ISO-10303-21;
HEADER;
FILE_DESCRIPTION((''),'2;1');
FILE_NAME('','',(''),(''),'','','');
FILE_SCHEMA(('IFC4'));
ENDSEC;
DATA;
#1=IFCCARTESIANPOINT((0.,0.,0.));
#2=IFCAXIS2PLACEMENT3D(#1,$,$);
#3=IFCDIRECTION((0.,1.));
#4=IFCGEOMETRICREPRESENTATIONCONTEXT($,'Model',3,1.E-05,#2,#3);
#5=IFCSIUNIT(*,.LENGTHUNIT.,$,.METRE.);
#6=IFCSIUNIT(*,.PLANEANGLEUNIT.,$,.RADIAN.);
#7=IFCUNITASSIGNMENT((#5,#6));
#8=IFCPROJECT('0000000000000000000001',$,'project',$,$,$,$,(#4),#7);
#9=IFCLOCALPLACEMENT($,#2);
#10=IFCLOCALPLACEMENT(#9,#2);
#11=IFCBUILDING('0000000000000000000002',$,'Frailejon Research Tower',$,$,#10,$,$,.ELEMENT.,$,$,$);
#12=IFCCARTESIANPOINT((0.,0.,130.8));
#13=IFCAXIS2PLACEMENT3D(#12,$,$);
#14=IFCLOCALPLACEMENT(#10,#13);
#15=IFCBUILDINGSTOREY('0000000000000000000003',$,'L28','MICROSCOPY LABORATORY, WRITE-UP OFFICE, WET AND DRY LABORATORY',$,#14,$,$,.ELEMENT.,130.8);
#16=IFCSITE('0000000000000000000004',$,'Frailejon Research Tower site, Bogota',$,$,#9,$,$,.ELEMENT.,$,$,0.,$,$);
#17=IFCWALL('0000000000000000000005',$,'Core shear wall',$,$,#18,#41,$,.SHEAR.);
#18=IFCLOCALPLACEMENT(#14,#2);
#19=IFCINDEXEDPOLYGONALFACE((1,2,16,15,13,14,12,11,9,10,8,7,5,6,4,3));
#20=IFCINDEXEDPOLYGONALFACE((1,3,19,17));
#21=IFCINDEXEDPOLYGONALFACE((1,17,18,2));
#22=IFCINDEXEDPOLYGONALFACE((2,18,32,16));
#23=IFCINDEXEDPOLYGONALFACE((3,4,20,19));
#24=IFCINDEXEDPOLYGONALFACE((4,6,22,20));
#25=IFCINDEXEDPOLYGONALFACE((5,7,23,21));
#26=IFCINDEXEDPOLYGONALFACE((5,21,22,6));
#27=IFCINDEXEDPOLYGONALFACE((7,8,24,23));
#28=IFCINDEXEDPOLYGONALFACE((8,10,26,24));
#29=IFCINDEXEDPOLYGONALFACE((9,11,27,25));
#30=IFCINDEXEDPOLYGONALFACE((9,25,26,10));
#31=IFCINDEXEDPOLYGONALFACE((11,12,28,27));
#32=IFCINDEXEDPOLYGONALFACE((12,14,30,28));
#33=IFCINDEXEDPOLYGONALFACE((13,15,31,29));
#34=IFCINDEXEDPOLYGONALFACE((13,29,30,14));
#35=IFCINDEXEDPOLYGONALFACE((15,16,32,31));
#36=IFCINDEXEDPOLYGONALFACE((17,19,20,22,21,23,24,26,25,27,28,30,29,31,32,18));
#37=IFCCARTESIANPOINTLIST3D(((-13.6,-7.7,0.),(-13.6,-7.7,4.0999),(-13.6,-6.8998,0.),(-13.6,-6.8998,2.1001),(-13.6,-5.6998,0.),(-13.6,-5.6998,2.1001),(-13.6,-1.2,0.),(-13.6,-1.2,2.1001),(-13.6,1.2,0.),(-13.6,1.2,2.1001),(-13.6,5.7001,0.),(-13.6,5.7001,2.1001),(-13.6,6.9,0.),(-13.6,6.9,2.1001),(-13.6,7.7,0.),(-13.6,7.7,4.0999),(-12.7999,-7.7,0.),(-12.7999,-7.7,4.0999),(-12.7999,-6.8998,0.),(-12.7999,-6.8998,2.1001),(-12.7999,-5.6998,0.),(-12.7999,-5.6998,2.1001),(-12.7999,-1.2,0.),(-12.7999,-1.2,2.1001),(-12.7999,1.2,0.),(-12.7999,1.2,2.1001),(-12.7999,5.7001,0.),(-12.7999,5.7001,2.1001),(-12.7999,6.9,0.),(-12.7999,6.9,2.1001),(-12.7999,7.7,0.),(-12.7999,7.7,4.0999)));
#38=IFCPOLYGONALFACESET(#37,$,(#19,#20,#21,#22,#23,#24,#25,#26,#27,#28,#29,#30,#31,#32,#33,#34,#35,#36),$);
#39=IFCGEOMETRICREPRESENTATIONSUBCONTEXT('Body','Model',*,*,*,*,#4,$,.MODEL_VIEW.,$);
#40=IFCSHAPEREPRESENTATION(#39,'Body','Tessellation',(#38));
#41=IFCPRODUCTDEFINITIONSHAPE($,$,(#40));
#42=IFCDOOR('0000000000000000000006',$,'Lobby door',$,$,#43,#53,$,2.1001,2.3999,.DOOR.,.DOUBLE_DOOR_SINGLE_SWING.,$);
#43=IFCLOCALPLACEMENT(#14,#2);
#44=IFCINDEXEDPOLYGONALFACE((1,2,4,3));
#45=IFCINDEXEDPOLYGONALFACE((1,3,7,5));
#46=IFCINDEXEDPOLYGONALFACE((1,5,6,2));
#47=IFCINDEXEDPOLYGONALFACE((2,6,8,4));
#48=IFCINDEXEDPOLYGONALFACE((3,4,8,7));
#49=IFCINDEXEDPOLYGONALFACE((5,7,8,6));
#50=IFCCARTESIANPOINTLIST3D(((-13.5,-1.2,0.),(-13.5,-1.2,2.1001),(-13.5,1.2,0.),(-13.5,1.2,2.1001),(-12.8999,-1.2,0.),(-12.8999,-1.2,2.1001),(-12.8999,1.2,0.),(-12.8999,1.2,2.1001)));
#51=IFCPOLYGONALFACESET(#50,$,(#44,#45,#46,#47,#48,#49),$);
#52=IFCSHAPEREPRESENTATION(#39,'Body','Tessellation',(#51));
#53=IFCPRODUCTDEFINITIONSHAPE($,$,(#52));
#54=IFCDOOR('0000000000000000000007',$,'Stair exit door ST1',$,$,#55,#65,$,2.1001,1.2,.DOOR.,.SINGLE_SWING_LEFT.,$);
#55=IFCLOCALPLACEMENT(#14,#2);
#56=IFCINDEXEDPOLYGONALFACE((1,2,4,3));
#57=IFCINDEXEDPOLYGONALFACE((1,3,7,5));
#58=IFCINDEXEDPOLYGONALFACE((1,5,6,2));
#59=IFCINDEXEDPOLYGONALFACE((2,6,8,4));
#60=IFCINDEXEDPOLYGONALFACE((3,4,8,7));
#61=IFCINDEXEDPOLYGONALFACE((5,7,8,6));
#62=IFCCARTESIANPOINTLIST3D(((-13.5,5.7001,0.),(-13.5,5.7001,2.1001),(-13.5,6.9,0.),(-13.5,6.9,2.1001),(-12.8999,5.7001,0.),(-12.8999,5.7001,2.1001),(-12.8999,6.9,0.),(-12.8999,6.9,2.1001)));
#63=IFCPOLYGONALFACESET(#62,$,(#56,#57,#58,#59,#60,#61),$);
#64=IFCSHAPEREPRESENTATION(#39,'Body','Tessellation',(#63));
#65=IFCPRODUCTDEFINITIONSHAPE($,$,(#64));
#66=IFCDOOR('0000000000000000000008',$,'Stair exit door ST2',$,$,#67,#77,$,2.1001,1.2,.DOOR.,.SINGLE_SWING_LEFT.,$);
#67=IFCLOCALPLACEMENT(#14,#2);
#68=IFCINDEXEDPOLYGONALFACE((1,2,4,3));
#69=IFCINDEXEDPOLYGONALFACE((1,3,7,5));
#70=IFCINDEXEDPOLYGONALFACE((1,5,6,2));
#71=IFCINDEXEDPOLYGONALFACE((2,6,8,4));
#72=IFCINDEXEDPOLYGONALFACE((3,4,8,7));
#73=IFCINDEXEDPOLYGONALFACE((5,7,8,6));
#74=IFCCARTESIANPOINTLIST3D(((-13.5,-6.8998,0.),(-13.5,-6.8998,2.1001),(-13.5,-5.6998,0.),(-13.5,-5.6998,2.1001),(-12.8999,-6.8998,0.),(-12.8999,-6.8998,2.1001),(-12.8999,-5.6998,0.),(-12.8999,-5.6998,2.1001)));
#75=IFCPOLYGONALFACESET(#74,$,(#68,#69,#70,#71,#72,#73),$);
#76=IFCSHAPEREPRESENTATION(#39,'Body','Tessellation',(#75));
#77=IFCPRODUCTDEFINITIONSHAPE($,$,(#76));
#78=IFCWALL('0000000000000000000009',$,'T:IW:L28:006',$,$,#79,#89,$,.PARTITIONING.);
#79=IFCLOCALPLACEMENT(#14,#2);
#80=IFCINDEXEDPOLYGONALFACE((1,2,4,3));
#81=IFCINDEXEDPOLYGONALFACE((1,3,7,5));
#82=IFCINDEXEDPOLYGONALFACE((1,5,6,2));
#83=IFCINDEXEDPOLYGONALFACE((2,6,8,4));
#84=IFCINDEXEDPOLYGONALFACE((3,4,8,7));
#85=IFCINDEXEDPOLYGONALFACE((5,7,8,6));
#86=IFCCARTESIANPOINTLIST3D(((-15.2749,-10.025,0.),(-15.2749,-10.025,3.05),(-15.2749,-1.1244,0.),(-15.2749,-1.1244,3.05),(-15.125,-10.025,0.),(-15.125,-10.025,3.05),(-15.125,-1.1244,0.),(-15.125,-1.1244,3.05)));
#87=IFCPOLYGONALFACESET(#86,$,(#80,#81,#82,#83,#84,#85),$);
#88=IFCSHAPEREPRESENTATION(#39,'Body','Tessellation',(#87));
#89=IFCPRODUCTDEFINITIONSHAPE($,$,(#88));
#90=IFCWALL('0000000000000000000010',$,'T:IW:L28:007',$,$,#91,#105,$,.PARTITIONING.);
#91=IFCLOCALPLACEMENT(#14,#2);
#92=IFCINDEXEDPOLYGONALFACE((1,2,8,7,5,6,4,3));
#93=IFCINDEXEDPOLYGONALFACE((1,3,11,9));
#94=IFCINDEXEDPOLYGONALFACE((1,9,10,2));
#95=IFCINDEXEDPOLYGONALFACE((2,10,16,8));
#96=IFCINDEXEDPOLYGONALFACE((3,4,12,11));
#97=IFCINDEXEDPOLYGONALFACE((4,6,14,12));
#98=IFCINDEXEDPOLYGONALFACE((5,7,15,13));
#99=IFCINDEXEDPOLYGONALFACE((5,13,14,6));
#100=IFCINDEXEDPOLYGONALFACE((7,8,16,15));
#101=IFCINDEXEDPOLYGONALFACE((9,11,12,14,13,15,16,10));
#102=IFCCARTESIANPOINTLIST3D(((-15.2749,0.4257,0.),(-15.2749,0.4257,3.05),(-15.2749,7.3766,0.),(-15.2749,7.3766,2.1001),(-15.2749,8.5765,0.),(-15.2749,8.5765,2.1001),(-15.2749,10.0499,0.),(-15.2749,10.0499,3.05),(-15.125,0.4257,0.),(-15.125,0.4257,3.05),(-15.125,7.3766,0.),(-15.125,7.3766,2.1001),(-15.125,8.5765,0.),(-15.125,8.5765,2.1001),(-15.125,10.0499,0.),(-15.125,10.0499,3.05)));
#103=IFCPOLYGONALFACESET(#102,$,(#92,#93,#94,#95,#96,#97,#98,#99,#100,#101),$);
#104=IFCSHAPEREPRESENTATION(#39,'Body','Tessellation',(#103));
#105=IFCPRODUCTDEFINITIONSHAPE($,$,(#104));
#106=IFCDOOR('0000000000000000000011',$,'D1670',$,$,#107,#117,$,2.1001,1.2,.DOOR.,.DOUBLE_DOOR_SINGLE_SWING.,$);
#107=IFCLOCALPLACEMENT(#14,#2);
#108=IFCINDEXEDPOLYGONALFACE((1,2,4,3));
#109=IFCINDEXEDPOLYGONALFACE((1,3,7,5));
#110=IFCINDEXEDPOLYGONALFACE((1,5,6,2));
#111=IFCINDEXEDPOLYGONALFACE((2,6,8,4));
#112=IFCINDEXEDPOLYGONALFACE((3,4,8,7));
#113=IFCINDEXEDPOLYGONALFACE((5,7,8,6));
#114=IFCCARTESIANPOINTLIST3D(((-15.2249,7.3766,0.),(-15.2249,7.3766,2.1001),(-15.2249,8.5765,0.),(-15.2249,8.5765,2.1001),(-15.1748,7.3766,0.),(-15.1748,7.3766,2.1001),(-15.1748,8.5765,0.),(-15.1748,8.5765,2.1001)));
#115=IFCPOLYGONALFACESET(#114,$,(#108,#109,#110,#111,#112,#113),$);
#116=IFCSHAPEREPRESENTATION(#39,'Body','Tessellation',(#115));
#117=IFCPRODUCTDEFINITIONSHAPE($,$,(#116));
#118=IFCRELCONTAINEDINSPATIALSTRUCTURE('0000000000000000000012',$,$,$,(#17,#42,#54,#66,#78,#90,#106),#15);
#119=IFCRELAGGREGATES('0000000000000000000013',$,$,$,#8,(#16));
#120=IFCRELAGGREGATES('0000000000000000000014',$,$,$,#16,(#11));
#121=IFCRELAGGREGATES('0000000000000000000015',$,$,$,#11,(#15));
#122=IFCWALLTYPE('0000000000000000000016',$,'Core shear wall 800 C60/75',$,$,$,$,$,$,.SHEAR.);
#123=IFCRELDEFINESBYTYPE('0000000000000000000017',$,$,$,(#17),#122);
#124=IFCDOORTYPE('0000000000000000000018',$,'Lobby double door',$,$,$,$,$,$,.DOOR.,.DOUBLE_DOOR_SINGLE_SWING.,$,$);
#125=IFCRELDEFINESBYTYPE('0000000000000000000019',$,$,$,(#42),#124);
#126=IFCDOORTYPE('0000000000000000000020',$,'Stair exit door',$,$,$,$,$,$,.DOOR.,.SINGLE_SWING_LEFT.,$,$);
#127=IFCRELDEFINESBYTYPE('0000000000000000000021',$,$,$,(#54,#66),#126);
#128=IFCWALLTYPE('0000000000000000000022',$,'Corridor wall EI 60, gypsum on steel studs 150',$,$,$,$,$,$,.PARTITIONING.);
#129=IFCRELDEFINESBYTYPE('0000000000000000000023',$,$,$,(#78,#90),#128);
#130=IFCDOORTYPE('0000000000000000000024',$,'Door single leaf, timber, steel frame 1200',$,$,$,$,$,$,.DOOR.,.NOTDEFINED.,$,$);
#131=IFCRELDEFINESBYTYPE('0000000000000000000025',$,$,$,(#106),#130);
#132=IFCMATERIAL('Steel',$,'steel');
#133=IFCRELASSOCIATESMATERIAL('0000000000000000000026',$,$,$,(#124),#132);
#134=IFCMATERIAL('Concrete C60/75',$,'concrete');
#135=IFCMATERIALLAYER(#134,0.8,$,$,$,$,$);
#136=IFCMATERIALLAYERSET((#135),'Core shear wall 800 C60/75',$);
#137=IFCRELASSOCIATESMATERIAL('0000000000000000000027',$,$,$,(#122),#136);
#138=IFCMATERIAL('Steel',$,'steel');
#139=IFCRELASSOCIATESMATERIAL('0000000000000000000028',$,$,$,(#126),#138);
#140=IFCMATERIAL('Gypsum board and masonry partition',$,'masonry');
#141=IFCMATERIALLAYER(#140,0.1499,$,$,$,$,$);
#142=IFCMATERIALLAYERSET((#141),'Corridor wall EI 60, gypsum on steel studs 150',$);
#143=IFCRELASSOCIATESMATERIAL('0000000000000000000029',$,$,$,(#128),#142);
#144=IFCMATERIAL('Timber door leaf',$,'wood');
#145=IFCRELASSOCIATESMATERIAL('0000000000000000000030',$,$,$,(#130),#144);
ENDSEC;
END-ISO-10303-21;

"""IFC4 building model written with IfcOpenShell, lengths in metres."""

from ifc_helpers import new_model, si_unit, direction, frame, frame_2d, origin, place, context, subcontext, project, spatial, rectangle, extrude, material, layer, layer_set, type_object, element, fill, save


model = new_model("IFC4")

# Units and contexts
model_context = context("Model", 3, precision=1e-05, world=origin(), true_north=direction((0.0, 1.0)))
body_context = subcontext(model_context, "Body", "Model", "MODEL_VIEW")
ifc_project = project(units=[si_unit("LENGTHUNIT", "METRE"), si_unit("PLANEANGLEUNIT", "RADIAN")], contexts=[model_context])

# Site, building, storey
site_placement = place(None, origin())
site = spatial("IfcSite", under=ifc_project, at=site_placement, Name="Frailejon Research Tower site, Bogota", CompositionType="ELEMENT", RefElevation=0.0)
building_placement = place(site_placement, origin())
building = spatial("IfcBuilding", under=site, at=building_placement, Name="Frailejon Research Tower", CompositionType="ELEMENT")
storey_placement = place(building_placement, frame((0.0, 0.0, 130.8)))
storey = spatial("IfcBuildingStorey", under=building, at=storey_placement, Name="L28", Description="MICROSCOPY LABORATORY, WRITE-UP OFFICE, WET AND DRY LABORATORY", CompositionType="ELEMENT", Elevation=130.8)

# Shared definitions
ifc_material_1 = material(Name="Steel", Category="steel")
door_type_1 = type_object("IfcDoorType", Name="Lobby double door", OperationType="DOUBLE_DOOR_SINGLE_SWING", PredefinedType="DOOR", material=ifc_material_1)

# Shared definitions
ifc_material_2 = material(Name="Concrete C60/75", Category="concrete")
ifc_layer_1 = layer(ifc_material_2, 0.8)
ifc_layer_set_1 = layer_set([ifc_layer_1], Name="Core shear wall 800 C60/75")
wall_type_1 = type_object("IfcWallType", Name="Core shear wall 800 C60/75", PredefinedType="SHEAR", material=ifc_layer_set_1)

# Wall, openings, doors
wall_1_placement = place(storey_placement, frame((-13.2, -7.7, 0.0), z_axis=(0.0, 0.0, 1.0), x_axis=(0.0, 1.0, 0.0)))
wall_1 = element("IfcWall", 1, at=wall_1_placement, inside=storey, type_object=wall_type_1, Name="Core shear wall", PredefinedType="SHEAR", context=body_context, shape_type="SweptSolid", body=[
    extrude(rectangle(XDim=15.3999, YDim=0.8, at=frame_2d((7.7, 0.0))), origin(), (0.0, 0.0, 1.0), 4.0999),
])
opening_1_placement = place(wall_1_placement, frame((6.5, 0.0, 0.0)))
opening_1 = element("IfcOpeningElement", 2, at=opening_1_placement, cuts=wall_1, PredefinedType="OPENING", context=body_context, shape_type="SweptSolid", body=[
    extrude(rectangle(XDim=2.3999, YDim=2.1001, at=frame_2d((1.2, 1.05))), frame((0.0, 0.4099, 0.0), z_axis=(0.0, -1.0, 0.0), x_axis=(1.0, 0.0, 0.0)), (0.0, 0.0, 1.0), 0.8201),
])
opening_2_placement = place(wall_1_placement, frame((13.3999, 0.0, 0.0)))
opening_2 = element("IfcOpeningElement", 3, at=opening_2_placement, cuts=wall_1, PredefinedType="OPENING", context=body_context, shape_type="SweptSolid", body=[
    extrude(rectangle(XDim=1.2, YDim=2.1001, at=frame_2d((0.6001, 1.05))), frame((0.0, 0.4099, 0.0), z_axis=(0.0, -1.0, 0.0), x_axis=(1.0, 0.0, 0.0)), (0.0, 0.0, 1.0), 0.8201),
])
opening_3_placement = place(wall_1_placement, frame((0.8, 0.0, 0.0)))
opening_3 = element("IfcOpeningElement", 4, at=opening_3_placement, cuts=wall_1, PredefinedType="OPENING", context=body_context, shape_type="SweptSolid", body=[
    extrude(rectangle(XDim=1.2, YDim=2.1001, at=frame_2d((0.6001, 1.05))), frame((0.0, 0.4099, 0.0), z_axis=(0.0, -1.0, 0.0), x_axis=(1.0, 0.0, 0.0)), (0.0, 0.0, 1.0), 0.8201),
])
door_1_placement = place(opening_1_placement, origin())
door_1 = element("IfcDoor", 5, at=door_1_placement, inside=storey, type_object=door_type_1, Name="Lobby door", OperationType="DOUBLE_DOOR_SINGLE_SWING", OverallHeight=2.1001, OverallWidth=2.3999, PredefinedType="DOOR", context=body_context, shape_type="SweptSolid", body=[
    extrude(rectangle(XDim=2.3999, YDim=2.1001, at=frame_2d((1.2, 1.05))), frame((0.0, 0.3, 0.0), z_axis=(0.0, -1.0, 0.0), x_axis=(1.0, 0.0, 0.0)), (0.0, 0.0, 1.0), 0.6001),
])
fill(opening_1, door_1)
ifc_material_3 = material(Name="Steel", Category="steel")
door_type_2 = type_object("IfcDoorType", Name="Stair exit door", OperationType="SINGLE_SWING_LEFT", PredefinedType="DOOR", material=ifc_material_3)
door_2_placement = place(opening_2_placement, origin())
door_2 = element("IfcDoor", 6, at=door_2_placement, inside=storey, type_object=door_type_2, Name="Stair exit door ST1", OperationType="SINGLE_SWING_LEFT", OverallHeight=2.1001, OverallWidth=1.2, PredefinedType="DOOR", context=body_context, shape_type="SweptSolid", body=[
    extrude(rectangle(XDim=1.2, YDim=2.1001, at=frame_2d((0.6001, 1.05))), frame((0.0, 0.3, 0.0), z_axis=(0.0, -1.0, 0.0), x_axis=(1.0, 0.0, 0.0)), (0.0, 0.0, 1.0), 0.6001),
])
fill(opening_2, door_2)
door_3_placement = place(opening_3_placement, origin())
door_3 = element("IfcDoor", 7, at=door_3_placement, inside=storey, type_object=door_type_2, Name="Stair exit door ST2", OperationType="SINGLE_SWING_LEFT", OverallHeight=2.1001, OverallWidth=1.2, PredefinedType="DOOR", context=body_context, shape_type="SweptSolid", body=[
    extrude(rectangle(XDim=1.2, YDim=2.1001, at=frame_2d((0.6001, 1.05))), frame((0.0, 0.3, 0.0), z_axis=(0.0, -1.0, 0.0), x_axis=(1.0, 0.0, 0.0)), (0.0, 0.0, 1.0), 0.6001),
])
fill(opening_3, door_3)

# Wall
ifc_material_4 = material(Name="Gypsum board and masonry partition", Category="masonry")
ifc_layer_2 = layer(ifc_material_4, 0.1499)
ifc_layer_set_2 = layer_set([ifc_layer_2], Name="Corridor wall EI 60, gypsum on steel studs 150")
wall_type_2 = type_object("IfcWallType", Name="Corridor wall EI 60, gypsum on steel studs 150", PredefinedType="PARTITIONING", material=ifc_layer_set_2)
wall_2_placement = place(storey_placement, frame((-15.2, -10.0249, 0.0), z_axis=(0.0, 0.0, 1.0), x_axis=(0.0, 1.0, 0.0)))
element("IfcWall", 8, at=wall_2_placement, inside=storey, type_object=wall_type_2, Name="T:IW:L28:006", PredefinedType="PARTITIONING", context=body_context, shape_type="SweptSolid", body=[
    extrude(rectangle(XDim=8.9006, YDim=0.1499, at=frame_2d((4.4502, 0.0))), origin(), (0.0, 0.0, 1.0), 3.05),
])

# Wall, opening, door
wall_3_placement = place(storey_placement, frame((-15.2, 0.4258, 0.0), z_axis=(0.0, 0.0, 1.0), x_axis=(0.0, 1.0, 0.0)))
wall_3 = element("IfcWall", 9, at=wall_3_placement, inside=storey, type_object=wall_type_2, Name="T:IW:L28:007", PredefinedType="PARTITIONING", context=body_context, shape_type="SweptSolid", body=[
    extrude(rectangle(XDim=9.6243, YDim=0.1499, at=frame_2d((4.812, 0.0))), origin(), (0.0, 0.0, 1.0), 3.05),
])
opening_4_placement = place(wall_3_placement, frame((6.9507, 0.0, 0.0)))
opening_4 = element("IfcOpeningElement", 10, at=opening_4_placement, cuts=wall_3, PredefinedType="OPENING", context=body_context, shape_type="SweptSolid", body=[
    extrude(rectangle(XDim=1.2, YDim=2.1001, at=frame_2d((0.6001, 1.05))), frame((0.0, 0.085, 0.0), z_axis=(0.0, -1.0, 0.0), x_axis=(1.0, 0.0, 0.0)), (0.0, 0.0, 1.0), 0.1699),
])
ifc_material_5 = material(Name="Timber door leaf", Category="wood")
door_type_3 = type_object("IfcDoorType", Name="Door single leaf, timber, steel frame 1200", OperationType="NOTDEFINED", PredefinedType="DOOR", material=ifc_material_5)
door_4_placement = place(opening_4_placement, origin())
door_4 = element("IfcDoor", 11, at=door_4_placement, inside=storey, type_object=door_type_3, Name="D1670", OperationType="DOUBLE_DOOR_SINGLE_SWING", OverallHeight=2.1001, OverallWidth=1.2, PredefinedType="DOOR", context=body_context, shape_type="SweptSolid", body=[
    extrude(rectangle(XDim=1.2, YDim=2.1001, at=frame_2d((0.6001, 1.05))), frame((0.0, 0.0249, 0.0), z_axis=(0.0, -1.0, 0.0), x_axis=(1.0, 0.0, 0.0)), (0.0, 0.0, 1.0), 0.05),
])
fill(opening_4, door_4)

save(model, "model.ifc")
